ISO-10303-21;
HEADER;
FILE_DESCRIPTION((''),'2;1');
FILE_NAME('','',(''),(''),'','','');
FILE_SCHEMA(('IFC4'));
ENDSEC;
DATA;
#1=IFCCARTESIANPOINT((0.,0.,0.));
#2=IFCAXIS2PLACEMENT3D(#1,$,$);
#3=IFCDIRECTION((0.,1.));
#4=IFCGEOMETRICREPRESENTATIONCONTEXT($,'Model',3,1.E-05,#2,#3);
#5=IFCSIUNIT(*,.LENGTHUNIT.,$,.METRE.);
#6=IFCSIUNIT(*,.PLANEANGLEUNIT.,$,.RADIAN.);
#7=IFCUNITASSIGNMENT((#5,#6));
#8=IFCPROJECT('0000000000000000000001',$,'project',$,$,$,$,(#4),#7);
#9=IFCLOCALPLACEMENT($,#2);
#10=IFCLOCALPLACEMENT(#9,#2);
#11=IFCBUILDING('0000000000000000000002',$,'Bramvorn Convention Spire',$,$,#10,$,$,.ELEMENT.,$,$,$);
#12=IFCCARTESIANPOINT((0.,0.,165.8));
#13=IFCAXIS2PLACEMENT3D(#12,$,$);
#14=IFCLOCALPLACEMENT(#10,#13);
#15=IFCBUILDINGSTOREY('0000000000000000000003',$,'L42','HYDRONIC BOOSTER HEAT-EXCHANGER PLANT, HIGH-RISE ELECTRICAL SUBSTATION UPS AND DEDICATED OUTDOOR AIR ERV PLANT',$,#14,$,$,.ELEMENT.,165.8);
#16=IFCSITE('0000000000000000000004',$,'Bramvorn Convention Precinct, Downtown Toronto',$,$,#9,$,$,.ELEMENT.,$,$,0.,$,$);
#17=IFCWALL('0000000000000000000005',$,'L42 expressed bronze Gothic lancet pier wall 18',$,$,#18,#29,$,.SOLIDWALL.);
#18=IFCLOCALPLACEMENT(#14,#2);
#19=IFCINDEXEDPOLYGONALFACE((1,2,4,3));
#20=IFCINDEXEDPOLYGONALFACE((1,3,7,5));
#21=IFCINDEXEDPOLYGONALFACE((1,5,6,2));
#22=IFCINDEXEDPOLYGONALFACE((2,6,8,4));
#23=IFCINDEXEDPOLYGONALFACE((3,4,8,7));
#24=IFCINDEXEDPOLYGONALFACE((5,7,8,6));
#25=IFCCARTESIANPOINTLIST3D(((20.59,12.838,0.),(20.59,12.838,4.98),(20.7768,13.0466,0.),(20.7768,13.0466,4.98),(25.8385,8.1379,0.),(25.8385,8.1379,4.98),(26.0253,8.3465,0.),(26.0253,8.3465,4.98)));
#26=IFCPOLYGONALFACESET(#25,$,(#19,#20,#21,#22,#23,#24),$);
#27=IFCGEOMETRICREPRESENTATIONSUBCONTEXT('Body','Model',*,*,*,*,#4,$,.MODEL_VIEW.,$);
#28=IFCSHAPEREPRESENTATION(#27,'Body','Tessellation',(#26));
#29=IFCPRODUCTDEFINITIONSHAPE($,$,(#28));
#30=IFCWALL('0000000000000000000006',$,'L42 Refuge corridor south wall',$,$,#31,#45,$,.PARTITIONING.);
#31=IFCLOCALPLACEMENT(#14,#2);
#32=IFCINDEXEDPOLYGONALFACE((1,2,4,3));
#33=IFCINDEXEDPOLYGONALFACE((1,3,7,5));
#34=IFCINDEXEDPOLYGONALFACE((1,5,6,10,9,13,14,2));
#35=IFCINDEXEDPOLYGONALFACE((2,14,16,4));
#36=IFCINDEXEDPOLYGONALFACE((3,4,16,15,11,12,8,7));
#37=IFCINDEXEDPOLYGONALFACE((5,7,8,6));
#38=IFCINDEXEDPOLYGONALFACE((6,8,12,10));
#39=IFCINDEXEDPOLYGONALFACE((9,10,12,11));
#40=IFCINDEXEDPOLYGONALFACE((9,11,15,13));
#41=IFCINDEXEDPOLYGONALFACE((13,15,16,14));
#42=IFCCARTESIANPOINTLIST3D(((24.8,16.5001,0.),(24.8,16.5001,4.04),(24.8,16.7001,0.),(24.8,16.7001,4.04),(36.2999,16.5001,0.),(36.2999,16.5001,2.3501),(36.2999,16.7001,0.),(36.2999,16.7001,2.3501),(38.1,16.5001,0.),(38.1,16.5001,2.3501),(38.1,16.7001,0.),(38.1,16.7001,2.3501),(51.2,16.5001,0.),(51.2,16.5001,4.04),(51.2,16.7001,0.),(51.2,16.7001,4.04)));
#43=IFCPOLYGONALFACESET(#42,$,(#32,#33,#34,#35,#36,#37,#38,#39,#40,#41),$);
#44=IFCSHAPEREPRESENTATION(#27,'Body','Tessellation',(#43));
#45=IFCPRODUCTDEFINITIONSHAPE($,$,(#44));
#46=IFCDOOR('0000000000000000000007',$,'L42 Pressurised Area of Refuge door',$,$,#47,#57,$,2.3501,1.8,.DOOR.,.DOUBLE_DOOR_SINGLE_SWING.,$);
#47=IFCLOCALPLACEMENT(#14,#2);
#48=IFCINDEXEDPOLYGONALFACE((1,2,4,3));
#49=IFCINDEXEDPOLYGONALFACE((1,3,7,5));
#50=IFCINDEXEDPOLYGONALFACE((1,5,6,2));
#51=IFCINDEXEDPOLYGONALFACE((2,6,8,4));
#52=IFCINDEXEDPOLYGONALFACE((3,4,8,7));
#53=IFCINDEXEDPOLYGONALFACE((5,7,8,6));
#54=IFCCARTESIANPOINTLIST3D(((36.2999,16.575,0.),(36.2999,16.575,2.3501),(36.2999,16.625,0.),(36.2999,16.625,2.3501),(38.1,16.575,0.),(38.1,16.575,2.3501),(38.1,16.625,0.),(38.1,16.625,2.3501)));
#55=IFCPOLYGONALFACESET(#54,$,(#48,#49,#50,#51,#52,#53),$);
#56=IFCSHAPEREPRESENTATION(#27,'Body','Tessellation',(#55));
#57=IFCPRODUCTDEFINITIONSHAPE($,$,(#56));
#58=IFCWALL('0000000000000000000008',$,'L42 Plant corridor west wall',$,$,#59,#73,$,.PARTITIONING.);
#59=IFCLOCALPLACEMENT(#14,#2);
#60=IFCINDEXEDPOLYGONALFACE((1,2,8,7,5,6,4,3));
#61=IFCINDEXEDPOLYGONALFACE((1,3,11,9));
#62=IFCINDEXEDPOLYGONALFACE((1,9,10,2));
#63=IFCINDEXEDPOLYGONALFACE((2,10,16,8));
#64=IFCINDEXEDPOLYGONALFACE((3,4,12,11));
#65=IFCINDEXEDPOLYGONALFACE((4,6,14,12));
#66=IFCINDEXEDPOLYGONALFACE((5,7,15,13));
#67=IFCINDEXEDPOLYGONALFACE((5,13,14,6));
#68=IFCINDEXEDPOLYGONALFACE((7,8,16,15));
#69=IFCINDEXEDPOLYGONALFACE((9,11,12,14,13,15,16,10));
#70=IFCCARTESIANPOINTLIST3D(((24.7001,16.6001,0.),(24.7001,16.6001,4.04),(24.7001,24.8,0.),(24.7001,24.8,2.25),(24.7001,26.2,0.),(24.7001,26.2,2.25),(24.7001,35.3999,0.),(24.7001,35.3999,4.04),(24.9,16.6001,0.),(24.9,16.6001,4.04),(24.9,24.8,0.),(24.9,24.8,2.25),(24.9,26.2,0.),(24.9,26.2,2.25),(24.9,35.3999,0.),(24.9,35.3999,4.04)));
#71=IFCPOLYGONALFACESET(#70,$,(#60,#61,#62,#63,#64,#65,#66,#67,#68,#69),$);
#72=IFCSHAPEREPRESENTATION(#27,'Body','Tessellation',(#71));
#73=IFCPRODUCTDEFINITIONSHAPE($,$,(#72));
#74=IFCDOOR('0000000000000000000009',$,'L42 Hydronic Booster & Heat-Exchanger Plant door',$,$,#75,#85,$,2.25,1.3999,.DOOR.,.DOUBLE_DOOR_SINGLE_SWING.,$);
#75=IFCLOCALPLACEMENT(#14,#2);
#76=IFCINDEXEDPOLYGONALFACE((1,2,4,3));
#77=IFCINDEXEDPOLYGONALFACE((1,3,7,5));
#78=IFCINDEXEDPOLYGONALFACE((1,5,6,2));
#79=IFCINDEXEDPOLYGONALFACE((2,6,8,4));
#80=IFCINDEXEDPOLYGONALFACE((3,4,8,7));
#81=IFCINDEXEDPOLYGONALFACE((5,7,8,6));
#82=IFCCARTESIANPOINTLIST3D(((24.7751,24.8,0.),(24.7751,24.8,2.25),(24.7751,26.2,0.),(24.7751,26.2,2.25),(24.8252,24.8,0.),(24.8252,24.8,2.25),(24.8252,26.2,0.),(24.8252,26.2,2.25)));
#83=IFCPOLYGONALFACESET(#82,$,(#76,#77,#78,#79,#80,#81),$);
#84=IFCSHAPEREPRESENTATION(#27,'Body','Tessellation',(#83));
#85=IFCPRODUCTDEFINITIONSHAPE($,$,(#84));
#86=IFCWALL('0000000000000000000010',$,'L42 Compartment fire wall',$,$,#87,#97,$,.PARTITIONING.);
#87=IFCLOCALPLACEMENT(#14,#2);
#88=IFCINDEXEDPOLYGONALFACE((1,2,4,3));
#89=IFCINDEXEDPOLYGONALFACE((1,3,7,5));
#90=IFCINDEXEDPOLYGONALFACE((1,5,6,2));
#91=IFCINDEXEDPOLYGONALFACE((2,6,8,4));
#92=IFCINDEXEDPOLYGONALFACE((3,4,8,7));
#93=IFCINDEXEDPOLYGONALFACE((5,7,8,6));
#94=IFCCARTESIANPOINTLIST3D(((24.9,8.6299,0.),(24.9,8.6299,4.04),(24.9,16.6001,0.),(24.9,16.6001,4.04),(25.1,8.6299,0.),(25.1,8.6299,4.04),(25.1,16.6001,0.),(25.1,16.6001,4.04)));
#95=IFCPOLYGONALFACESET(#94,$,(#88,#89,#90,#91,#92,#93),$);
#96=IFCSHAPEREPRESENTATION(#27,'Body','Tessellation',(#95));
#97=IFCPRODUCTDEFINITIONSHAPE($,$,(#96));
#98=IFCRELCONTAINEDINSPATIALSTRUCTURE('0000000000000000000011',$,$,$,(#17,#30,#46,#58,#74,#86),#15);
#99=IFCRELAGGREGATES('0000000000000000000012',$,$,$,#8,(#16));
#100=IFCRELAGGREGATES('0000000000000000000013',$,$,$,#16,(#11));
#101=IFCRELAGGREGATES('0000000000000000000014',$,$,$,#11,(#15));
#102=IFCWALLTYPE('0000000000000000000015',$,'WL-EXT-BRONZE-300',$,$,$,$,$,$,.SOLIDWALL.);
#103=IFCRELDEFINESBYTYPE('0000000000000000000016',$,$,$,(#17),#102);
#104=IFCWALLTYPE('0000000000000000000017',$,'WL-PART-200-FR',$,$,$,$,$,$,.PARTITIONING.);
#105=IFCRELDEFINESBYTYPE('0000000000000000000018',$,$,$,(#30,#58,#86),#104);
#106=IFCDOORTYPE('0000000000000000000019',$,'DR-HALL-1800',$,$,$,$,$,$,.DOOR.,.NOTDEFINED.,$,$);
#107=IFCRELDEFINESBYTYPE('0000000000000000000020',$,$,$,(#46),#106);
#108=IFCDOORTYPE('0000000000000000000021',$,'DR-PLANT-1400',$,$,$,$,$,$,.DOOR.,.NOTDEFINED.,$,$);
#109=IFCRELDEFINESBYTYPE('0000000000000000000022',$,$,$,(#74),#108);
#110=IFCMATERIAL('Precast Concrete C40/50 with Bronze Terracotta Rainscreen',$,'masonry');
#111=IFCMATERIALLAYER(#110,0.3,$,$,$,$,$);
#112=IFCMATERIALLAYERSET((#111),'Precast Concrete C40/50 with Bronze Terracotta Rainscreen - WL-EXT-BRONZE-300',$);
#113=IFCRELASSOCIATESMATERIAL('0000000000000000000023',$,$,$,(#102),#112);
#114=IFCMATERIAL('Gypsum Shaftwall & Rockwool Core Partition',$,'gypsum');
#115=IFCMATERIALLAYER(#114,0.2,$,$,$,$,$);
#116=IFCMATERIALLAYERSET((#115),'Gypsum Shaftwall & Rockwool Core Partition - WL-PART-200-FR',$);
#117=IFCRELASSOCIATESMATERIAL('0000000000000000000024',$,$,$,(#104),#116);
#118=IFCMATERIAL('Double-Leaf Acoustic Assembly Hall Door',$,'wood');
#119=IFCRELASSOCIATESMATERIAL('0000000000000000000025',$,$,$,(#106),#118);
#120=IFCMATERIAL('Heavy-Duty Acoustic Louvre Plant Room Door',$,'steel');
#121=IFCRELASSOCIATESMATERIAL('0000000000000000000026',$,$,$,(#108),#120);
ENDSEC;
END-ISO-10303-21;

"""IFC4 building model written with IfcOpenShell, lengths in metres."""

from ifc_helpers import new_model, si_unit, direction, frame, frame_2d, origin, place, context, subcontext, project, spatial, rectangle, extrude, material, layer, layer_set, type_object, element, fill, save


model = new_model("IFC4")

# Units and contexts
model_context = context("Model", 3, precision=1e-05, world=origin(), true_north=direction((0.0, 1.0)))
body_context = subcontext(model_context, "Body", "Model", "MODEL_VIEW")
ifc_project = project(units=[si_unit("LENGTHUNIT", "METRE"), si_unit("PLANEANGLEUNIT", "RADIAN")], contexts=[model_context])

# Site, building, storey
site_placement = place(None, origin())
site = spatial("IfcSite", under=ifc_project, at=site_placement, Name="Bramvorn Convention Precinct, Downtown Toronto", CompositionType="ELEMENT", RefElevation=0.0)
building_placement = place(site_placement, origin())
building = spatial("IfcBuilding", under=site, at=building_placement, Name="Bramvorn Convention Spire", CompositionType="ELEMENT")
storey_placement = place(building_placement, frame((0.0, 0.0, 165.8)))
storey = spatial("IfcBuildingStorey", under=building, at=storey_placement, Name="L42", Description="HYDRONIC BOOSTER HEAT-EXCHANGER PLANT, HIGH-RISE ELECTRICAL SUBSTATION UPS AND DEDICATED OUTDOOR AIR ERV PLANT", CompositionType="ELEMENT", Elevation=165.8)

# Wall
ifc_material_1 = material(Name="Precast Concrete C40/50 with Bronze Terracotta Rainscreen", Category="masonry")
ifc_layer_1 = layer(ifc_material_1, 0.3)
ifc_layer_set_1 = layer_set([ifc_layer_1], Name="Precast Concrete C40/50 with Bronze Terracotta Rainscreen - WL-EXT-BRONZE-300")
wall_type_1 = type_object("IfcWallType", Name="WL-EXT-BRONZE-300", PredefinedType="SOLIDWALL", material=ifc_layer_set_1)
wall_1_placement = place(storey_placement, frame((25.9319, 8.2422, 0.0), z_axis=(0.0, 0.0, 1.0), x_axis=(-0.744949, 0.667121, 0.0)))
element("IfcWall", 1, at=wall_1_placement, inside=storey, type_object=wall_type_1, Name="L42 expressed bronze Gothic lancet pier wall 18", PredefinedType="SOLIDWALL", context=body_context, shape_type="SweptSolid", body=[
    extrude(rectangle(XDim=7.0454, YDim=0.28, at=frame_2d((3.5227, 0.0))), origin(), (0.0, 0.0, 1.0), 4.98),
])

# Walls, openings, doors
ifc_material_2 = material(Name="Gypsum Shaftwall & Rockwool Core Partition", Category="gypsum")
ifc_layer_2 = layer(ifc_material_2, 0.2)
ifc_layer_set_2 = layer_set([ifc_layer_2], Name="Gypsum Shaftwall & Rockwool Core Partition - WL-PART-200-FR")
wall_type_2 = type_object("IfcWallType", Name="WL-PART-200-FR", PredefinedType="PARTITIONING", material=ifc_layer_set_2)
wall_2_placement = place(storey_placement, frame((24.8, 16.6001, 0.0), z_axis=(0.0, 0.0, 1.0), x_axis=(1.0, 0.0, 0.0)))
wall_2 = element("IfcWall", 2, at=wall_2_placement, inside=storey, type_object=wall_type_2, Name="L42 Refuge corridor south wall", PredefinedType="PARTITIONING", context=body_context, shape_type="SweptSolid", body=[
    extrude(rectangle(XDim=26.3999, YDim=0.2, at=frame_2d((13.2, 0.0))), origin(), (0.0, 0.0, 1.0), 4.04),
])
opening_1_placement = place(wall_2_placement, frame((11.5, 0.0, 0.0)))
opening_1 = element("IfcOpeningElement", 3, at=opening_1_placement, cuts=wall_2, PredefinedType="OPENING", context=body_context, shape_type="SweptSolid", body=[
    extrude(rectangle(XDim=1.8, YDim=2.3501, at=frame_2d((0.8999, 1.175))), frame((0.0, 0.1099, 0.0), z_axis=(0.0, -1.0, 0.0), x_axis=(1.0, 0.0, 0.0)), (0.0, 0.0, 1.0), 0.22),
])
ifc_material_3 = material(Name="Double-Leaf Acoustic Assembly Hall Door", Category="wood")
door_type_1 = type_object("IfcDoorType", Name="DR-HALL-1800", OperationType="NOTDEFINED", PredefinedType="DOOR", material=ifc_material_3)
door_1_placement = place(opening_1_placement, origin())
door_1 = element("IfcDoor", 4, at=door_1_placement, inside=storey, type_object=door_type_1, Name="L42 Pressurised Area of Refuge door", OperationType="DOUBLE_DOOR_SINGLE_SWING", OverallHeight=2.3501, OverallWidth=1.8, PredefinedType="DOOR", context=body_context, shape_type="SweptSolid", body=[
    extrude(rectangle(XDim=1.8, YDim=2.3501, at=frame_2d((0.8999, 1.175))), frame((0.0, 0.0249, 0.0), z_axis=(0.0, -1.0, 0.0), x_axis=(1.0, 0.0, 0.0)), (0.0, 0.0, 1.0), 0.05),
])
fill(opening_1, door_1)
wall_3_placement = place(storey_placement, frame((24.8, 16.6001, 0.0), z_axis=(0.0, 0.0, 1.0), x_axis=(0.0, 1.0, 0.0)))
wall_3 = element("IfcWall", 5, at=wall_3_placement, inside=storey, type_object=wall_type_2, Name="L42 Plant corridor west wall", PredefinedType="PARTITIONING", context=body_context, shape_type="SweptSolid", body=[
    extrude(rectangle(XDim=18.7998, YDim=0.2, at=frame_2d((9.3999, 0.0))), origin(), (0.0, 0.0, 1.0), 4.04),
])
opening_2_placement = place(wall_3_placement, frame((8.2, 0.0, 0.0)))
opening_2 = element("IfcOpeningElement", 6, at=opening_2_placement, cuts=wall_3, PredefinedType="OPENING", context=body_context, shape_type="SweptSolid", body=[
    extrude(rectangle(XDim=1.3999, YDim=2.25, at=frame_2d((0.7, 1.125))), frame((0.0, 0.1099, 0.0), z_axis=(0.0, -1.0, 0.0), x_axis=(1.0, 0.0, 0.0)), (0.0, 0.0, 1.0), 0.22),
])
ifc_material_4 = material(Name="Heavy-Duty Acoustic Louvre Plant Room Door", Category="steel")
door_type_2 = type_object("IfcDoorType", Name="DR-PLANT-1400", OperationType="NOTDEFINED", PredefinedType="DOOR", material=ifc_material_4)
door_2_placement = place(opening_2_placement, origin())
door_2 = element("IfcDoor", 7, at=door_2_placement, inside=storey, type_object=door_type_2, Name="L42 Hydronic Booster & Heat-Exchanger Plant door", OperationType="DOUBLE_DOOR_SINGLE_SWING", OverallHeight=2.25, OverallWidth=1.3999, PredefinedType="DOOR", context=body_context, shape_type="SweptSolid", body=[
    extrude(rectangle(XDim=1.3999, YDim=2.25, at=frame_2d((0.7, 1.125))), frame((0.0, 0.0249, 0.0), z_axis=(0.0, -1.0, 0.0), x_axis=(1.0, 0.0, 0.0)), (0.0, 0.0, 1.0), 0.05),
])
fill(opening_2, door_2)

# Wall
wall_4_placement = place(storey_placement, frame((25.0, 8.6299, 0.0), z_axis=(0.0, 0.0, 1.0), x_axis=(0.0, 1.0, 0.0)))
element("IfcWall", 8, at=wall_4_placement, inside=storey, type_object=wall_type_2, Name="L42 Compartment fire wall", PredefinedType="PARTITIONING", context=body_context, shape_type="SweptSolid", body=[
    extrude(rectangle(XDim=7.9702, YDim=0.2, at=frame_2d((3.9851, 0.0))), origin(), (0.0, 0.0, 1.0), 4.04),
])

save(model, "model.ifc")
